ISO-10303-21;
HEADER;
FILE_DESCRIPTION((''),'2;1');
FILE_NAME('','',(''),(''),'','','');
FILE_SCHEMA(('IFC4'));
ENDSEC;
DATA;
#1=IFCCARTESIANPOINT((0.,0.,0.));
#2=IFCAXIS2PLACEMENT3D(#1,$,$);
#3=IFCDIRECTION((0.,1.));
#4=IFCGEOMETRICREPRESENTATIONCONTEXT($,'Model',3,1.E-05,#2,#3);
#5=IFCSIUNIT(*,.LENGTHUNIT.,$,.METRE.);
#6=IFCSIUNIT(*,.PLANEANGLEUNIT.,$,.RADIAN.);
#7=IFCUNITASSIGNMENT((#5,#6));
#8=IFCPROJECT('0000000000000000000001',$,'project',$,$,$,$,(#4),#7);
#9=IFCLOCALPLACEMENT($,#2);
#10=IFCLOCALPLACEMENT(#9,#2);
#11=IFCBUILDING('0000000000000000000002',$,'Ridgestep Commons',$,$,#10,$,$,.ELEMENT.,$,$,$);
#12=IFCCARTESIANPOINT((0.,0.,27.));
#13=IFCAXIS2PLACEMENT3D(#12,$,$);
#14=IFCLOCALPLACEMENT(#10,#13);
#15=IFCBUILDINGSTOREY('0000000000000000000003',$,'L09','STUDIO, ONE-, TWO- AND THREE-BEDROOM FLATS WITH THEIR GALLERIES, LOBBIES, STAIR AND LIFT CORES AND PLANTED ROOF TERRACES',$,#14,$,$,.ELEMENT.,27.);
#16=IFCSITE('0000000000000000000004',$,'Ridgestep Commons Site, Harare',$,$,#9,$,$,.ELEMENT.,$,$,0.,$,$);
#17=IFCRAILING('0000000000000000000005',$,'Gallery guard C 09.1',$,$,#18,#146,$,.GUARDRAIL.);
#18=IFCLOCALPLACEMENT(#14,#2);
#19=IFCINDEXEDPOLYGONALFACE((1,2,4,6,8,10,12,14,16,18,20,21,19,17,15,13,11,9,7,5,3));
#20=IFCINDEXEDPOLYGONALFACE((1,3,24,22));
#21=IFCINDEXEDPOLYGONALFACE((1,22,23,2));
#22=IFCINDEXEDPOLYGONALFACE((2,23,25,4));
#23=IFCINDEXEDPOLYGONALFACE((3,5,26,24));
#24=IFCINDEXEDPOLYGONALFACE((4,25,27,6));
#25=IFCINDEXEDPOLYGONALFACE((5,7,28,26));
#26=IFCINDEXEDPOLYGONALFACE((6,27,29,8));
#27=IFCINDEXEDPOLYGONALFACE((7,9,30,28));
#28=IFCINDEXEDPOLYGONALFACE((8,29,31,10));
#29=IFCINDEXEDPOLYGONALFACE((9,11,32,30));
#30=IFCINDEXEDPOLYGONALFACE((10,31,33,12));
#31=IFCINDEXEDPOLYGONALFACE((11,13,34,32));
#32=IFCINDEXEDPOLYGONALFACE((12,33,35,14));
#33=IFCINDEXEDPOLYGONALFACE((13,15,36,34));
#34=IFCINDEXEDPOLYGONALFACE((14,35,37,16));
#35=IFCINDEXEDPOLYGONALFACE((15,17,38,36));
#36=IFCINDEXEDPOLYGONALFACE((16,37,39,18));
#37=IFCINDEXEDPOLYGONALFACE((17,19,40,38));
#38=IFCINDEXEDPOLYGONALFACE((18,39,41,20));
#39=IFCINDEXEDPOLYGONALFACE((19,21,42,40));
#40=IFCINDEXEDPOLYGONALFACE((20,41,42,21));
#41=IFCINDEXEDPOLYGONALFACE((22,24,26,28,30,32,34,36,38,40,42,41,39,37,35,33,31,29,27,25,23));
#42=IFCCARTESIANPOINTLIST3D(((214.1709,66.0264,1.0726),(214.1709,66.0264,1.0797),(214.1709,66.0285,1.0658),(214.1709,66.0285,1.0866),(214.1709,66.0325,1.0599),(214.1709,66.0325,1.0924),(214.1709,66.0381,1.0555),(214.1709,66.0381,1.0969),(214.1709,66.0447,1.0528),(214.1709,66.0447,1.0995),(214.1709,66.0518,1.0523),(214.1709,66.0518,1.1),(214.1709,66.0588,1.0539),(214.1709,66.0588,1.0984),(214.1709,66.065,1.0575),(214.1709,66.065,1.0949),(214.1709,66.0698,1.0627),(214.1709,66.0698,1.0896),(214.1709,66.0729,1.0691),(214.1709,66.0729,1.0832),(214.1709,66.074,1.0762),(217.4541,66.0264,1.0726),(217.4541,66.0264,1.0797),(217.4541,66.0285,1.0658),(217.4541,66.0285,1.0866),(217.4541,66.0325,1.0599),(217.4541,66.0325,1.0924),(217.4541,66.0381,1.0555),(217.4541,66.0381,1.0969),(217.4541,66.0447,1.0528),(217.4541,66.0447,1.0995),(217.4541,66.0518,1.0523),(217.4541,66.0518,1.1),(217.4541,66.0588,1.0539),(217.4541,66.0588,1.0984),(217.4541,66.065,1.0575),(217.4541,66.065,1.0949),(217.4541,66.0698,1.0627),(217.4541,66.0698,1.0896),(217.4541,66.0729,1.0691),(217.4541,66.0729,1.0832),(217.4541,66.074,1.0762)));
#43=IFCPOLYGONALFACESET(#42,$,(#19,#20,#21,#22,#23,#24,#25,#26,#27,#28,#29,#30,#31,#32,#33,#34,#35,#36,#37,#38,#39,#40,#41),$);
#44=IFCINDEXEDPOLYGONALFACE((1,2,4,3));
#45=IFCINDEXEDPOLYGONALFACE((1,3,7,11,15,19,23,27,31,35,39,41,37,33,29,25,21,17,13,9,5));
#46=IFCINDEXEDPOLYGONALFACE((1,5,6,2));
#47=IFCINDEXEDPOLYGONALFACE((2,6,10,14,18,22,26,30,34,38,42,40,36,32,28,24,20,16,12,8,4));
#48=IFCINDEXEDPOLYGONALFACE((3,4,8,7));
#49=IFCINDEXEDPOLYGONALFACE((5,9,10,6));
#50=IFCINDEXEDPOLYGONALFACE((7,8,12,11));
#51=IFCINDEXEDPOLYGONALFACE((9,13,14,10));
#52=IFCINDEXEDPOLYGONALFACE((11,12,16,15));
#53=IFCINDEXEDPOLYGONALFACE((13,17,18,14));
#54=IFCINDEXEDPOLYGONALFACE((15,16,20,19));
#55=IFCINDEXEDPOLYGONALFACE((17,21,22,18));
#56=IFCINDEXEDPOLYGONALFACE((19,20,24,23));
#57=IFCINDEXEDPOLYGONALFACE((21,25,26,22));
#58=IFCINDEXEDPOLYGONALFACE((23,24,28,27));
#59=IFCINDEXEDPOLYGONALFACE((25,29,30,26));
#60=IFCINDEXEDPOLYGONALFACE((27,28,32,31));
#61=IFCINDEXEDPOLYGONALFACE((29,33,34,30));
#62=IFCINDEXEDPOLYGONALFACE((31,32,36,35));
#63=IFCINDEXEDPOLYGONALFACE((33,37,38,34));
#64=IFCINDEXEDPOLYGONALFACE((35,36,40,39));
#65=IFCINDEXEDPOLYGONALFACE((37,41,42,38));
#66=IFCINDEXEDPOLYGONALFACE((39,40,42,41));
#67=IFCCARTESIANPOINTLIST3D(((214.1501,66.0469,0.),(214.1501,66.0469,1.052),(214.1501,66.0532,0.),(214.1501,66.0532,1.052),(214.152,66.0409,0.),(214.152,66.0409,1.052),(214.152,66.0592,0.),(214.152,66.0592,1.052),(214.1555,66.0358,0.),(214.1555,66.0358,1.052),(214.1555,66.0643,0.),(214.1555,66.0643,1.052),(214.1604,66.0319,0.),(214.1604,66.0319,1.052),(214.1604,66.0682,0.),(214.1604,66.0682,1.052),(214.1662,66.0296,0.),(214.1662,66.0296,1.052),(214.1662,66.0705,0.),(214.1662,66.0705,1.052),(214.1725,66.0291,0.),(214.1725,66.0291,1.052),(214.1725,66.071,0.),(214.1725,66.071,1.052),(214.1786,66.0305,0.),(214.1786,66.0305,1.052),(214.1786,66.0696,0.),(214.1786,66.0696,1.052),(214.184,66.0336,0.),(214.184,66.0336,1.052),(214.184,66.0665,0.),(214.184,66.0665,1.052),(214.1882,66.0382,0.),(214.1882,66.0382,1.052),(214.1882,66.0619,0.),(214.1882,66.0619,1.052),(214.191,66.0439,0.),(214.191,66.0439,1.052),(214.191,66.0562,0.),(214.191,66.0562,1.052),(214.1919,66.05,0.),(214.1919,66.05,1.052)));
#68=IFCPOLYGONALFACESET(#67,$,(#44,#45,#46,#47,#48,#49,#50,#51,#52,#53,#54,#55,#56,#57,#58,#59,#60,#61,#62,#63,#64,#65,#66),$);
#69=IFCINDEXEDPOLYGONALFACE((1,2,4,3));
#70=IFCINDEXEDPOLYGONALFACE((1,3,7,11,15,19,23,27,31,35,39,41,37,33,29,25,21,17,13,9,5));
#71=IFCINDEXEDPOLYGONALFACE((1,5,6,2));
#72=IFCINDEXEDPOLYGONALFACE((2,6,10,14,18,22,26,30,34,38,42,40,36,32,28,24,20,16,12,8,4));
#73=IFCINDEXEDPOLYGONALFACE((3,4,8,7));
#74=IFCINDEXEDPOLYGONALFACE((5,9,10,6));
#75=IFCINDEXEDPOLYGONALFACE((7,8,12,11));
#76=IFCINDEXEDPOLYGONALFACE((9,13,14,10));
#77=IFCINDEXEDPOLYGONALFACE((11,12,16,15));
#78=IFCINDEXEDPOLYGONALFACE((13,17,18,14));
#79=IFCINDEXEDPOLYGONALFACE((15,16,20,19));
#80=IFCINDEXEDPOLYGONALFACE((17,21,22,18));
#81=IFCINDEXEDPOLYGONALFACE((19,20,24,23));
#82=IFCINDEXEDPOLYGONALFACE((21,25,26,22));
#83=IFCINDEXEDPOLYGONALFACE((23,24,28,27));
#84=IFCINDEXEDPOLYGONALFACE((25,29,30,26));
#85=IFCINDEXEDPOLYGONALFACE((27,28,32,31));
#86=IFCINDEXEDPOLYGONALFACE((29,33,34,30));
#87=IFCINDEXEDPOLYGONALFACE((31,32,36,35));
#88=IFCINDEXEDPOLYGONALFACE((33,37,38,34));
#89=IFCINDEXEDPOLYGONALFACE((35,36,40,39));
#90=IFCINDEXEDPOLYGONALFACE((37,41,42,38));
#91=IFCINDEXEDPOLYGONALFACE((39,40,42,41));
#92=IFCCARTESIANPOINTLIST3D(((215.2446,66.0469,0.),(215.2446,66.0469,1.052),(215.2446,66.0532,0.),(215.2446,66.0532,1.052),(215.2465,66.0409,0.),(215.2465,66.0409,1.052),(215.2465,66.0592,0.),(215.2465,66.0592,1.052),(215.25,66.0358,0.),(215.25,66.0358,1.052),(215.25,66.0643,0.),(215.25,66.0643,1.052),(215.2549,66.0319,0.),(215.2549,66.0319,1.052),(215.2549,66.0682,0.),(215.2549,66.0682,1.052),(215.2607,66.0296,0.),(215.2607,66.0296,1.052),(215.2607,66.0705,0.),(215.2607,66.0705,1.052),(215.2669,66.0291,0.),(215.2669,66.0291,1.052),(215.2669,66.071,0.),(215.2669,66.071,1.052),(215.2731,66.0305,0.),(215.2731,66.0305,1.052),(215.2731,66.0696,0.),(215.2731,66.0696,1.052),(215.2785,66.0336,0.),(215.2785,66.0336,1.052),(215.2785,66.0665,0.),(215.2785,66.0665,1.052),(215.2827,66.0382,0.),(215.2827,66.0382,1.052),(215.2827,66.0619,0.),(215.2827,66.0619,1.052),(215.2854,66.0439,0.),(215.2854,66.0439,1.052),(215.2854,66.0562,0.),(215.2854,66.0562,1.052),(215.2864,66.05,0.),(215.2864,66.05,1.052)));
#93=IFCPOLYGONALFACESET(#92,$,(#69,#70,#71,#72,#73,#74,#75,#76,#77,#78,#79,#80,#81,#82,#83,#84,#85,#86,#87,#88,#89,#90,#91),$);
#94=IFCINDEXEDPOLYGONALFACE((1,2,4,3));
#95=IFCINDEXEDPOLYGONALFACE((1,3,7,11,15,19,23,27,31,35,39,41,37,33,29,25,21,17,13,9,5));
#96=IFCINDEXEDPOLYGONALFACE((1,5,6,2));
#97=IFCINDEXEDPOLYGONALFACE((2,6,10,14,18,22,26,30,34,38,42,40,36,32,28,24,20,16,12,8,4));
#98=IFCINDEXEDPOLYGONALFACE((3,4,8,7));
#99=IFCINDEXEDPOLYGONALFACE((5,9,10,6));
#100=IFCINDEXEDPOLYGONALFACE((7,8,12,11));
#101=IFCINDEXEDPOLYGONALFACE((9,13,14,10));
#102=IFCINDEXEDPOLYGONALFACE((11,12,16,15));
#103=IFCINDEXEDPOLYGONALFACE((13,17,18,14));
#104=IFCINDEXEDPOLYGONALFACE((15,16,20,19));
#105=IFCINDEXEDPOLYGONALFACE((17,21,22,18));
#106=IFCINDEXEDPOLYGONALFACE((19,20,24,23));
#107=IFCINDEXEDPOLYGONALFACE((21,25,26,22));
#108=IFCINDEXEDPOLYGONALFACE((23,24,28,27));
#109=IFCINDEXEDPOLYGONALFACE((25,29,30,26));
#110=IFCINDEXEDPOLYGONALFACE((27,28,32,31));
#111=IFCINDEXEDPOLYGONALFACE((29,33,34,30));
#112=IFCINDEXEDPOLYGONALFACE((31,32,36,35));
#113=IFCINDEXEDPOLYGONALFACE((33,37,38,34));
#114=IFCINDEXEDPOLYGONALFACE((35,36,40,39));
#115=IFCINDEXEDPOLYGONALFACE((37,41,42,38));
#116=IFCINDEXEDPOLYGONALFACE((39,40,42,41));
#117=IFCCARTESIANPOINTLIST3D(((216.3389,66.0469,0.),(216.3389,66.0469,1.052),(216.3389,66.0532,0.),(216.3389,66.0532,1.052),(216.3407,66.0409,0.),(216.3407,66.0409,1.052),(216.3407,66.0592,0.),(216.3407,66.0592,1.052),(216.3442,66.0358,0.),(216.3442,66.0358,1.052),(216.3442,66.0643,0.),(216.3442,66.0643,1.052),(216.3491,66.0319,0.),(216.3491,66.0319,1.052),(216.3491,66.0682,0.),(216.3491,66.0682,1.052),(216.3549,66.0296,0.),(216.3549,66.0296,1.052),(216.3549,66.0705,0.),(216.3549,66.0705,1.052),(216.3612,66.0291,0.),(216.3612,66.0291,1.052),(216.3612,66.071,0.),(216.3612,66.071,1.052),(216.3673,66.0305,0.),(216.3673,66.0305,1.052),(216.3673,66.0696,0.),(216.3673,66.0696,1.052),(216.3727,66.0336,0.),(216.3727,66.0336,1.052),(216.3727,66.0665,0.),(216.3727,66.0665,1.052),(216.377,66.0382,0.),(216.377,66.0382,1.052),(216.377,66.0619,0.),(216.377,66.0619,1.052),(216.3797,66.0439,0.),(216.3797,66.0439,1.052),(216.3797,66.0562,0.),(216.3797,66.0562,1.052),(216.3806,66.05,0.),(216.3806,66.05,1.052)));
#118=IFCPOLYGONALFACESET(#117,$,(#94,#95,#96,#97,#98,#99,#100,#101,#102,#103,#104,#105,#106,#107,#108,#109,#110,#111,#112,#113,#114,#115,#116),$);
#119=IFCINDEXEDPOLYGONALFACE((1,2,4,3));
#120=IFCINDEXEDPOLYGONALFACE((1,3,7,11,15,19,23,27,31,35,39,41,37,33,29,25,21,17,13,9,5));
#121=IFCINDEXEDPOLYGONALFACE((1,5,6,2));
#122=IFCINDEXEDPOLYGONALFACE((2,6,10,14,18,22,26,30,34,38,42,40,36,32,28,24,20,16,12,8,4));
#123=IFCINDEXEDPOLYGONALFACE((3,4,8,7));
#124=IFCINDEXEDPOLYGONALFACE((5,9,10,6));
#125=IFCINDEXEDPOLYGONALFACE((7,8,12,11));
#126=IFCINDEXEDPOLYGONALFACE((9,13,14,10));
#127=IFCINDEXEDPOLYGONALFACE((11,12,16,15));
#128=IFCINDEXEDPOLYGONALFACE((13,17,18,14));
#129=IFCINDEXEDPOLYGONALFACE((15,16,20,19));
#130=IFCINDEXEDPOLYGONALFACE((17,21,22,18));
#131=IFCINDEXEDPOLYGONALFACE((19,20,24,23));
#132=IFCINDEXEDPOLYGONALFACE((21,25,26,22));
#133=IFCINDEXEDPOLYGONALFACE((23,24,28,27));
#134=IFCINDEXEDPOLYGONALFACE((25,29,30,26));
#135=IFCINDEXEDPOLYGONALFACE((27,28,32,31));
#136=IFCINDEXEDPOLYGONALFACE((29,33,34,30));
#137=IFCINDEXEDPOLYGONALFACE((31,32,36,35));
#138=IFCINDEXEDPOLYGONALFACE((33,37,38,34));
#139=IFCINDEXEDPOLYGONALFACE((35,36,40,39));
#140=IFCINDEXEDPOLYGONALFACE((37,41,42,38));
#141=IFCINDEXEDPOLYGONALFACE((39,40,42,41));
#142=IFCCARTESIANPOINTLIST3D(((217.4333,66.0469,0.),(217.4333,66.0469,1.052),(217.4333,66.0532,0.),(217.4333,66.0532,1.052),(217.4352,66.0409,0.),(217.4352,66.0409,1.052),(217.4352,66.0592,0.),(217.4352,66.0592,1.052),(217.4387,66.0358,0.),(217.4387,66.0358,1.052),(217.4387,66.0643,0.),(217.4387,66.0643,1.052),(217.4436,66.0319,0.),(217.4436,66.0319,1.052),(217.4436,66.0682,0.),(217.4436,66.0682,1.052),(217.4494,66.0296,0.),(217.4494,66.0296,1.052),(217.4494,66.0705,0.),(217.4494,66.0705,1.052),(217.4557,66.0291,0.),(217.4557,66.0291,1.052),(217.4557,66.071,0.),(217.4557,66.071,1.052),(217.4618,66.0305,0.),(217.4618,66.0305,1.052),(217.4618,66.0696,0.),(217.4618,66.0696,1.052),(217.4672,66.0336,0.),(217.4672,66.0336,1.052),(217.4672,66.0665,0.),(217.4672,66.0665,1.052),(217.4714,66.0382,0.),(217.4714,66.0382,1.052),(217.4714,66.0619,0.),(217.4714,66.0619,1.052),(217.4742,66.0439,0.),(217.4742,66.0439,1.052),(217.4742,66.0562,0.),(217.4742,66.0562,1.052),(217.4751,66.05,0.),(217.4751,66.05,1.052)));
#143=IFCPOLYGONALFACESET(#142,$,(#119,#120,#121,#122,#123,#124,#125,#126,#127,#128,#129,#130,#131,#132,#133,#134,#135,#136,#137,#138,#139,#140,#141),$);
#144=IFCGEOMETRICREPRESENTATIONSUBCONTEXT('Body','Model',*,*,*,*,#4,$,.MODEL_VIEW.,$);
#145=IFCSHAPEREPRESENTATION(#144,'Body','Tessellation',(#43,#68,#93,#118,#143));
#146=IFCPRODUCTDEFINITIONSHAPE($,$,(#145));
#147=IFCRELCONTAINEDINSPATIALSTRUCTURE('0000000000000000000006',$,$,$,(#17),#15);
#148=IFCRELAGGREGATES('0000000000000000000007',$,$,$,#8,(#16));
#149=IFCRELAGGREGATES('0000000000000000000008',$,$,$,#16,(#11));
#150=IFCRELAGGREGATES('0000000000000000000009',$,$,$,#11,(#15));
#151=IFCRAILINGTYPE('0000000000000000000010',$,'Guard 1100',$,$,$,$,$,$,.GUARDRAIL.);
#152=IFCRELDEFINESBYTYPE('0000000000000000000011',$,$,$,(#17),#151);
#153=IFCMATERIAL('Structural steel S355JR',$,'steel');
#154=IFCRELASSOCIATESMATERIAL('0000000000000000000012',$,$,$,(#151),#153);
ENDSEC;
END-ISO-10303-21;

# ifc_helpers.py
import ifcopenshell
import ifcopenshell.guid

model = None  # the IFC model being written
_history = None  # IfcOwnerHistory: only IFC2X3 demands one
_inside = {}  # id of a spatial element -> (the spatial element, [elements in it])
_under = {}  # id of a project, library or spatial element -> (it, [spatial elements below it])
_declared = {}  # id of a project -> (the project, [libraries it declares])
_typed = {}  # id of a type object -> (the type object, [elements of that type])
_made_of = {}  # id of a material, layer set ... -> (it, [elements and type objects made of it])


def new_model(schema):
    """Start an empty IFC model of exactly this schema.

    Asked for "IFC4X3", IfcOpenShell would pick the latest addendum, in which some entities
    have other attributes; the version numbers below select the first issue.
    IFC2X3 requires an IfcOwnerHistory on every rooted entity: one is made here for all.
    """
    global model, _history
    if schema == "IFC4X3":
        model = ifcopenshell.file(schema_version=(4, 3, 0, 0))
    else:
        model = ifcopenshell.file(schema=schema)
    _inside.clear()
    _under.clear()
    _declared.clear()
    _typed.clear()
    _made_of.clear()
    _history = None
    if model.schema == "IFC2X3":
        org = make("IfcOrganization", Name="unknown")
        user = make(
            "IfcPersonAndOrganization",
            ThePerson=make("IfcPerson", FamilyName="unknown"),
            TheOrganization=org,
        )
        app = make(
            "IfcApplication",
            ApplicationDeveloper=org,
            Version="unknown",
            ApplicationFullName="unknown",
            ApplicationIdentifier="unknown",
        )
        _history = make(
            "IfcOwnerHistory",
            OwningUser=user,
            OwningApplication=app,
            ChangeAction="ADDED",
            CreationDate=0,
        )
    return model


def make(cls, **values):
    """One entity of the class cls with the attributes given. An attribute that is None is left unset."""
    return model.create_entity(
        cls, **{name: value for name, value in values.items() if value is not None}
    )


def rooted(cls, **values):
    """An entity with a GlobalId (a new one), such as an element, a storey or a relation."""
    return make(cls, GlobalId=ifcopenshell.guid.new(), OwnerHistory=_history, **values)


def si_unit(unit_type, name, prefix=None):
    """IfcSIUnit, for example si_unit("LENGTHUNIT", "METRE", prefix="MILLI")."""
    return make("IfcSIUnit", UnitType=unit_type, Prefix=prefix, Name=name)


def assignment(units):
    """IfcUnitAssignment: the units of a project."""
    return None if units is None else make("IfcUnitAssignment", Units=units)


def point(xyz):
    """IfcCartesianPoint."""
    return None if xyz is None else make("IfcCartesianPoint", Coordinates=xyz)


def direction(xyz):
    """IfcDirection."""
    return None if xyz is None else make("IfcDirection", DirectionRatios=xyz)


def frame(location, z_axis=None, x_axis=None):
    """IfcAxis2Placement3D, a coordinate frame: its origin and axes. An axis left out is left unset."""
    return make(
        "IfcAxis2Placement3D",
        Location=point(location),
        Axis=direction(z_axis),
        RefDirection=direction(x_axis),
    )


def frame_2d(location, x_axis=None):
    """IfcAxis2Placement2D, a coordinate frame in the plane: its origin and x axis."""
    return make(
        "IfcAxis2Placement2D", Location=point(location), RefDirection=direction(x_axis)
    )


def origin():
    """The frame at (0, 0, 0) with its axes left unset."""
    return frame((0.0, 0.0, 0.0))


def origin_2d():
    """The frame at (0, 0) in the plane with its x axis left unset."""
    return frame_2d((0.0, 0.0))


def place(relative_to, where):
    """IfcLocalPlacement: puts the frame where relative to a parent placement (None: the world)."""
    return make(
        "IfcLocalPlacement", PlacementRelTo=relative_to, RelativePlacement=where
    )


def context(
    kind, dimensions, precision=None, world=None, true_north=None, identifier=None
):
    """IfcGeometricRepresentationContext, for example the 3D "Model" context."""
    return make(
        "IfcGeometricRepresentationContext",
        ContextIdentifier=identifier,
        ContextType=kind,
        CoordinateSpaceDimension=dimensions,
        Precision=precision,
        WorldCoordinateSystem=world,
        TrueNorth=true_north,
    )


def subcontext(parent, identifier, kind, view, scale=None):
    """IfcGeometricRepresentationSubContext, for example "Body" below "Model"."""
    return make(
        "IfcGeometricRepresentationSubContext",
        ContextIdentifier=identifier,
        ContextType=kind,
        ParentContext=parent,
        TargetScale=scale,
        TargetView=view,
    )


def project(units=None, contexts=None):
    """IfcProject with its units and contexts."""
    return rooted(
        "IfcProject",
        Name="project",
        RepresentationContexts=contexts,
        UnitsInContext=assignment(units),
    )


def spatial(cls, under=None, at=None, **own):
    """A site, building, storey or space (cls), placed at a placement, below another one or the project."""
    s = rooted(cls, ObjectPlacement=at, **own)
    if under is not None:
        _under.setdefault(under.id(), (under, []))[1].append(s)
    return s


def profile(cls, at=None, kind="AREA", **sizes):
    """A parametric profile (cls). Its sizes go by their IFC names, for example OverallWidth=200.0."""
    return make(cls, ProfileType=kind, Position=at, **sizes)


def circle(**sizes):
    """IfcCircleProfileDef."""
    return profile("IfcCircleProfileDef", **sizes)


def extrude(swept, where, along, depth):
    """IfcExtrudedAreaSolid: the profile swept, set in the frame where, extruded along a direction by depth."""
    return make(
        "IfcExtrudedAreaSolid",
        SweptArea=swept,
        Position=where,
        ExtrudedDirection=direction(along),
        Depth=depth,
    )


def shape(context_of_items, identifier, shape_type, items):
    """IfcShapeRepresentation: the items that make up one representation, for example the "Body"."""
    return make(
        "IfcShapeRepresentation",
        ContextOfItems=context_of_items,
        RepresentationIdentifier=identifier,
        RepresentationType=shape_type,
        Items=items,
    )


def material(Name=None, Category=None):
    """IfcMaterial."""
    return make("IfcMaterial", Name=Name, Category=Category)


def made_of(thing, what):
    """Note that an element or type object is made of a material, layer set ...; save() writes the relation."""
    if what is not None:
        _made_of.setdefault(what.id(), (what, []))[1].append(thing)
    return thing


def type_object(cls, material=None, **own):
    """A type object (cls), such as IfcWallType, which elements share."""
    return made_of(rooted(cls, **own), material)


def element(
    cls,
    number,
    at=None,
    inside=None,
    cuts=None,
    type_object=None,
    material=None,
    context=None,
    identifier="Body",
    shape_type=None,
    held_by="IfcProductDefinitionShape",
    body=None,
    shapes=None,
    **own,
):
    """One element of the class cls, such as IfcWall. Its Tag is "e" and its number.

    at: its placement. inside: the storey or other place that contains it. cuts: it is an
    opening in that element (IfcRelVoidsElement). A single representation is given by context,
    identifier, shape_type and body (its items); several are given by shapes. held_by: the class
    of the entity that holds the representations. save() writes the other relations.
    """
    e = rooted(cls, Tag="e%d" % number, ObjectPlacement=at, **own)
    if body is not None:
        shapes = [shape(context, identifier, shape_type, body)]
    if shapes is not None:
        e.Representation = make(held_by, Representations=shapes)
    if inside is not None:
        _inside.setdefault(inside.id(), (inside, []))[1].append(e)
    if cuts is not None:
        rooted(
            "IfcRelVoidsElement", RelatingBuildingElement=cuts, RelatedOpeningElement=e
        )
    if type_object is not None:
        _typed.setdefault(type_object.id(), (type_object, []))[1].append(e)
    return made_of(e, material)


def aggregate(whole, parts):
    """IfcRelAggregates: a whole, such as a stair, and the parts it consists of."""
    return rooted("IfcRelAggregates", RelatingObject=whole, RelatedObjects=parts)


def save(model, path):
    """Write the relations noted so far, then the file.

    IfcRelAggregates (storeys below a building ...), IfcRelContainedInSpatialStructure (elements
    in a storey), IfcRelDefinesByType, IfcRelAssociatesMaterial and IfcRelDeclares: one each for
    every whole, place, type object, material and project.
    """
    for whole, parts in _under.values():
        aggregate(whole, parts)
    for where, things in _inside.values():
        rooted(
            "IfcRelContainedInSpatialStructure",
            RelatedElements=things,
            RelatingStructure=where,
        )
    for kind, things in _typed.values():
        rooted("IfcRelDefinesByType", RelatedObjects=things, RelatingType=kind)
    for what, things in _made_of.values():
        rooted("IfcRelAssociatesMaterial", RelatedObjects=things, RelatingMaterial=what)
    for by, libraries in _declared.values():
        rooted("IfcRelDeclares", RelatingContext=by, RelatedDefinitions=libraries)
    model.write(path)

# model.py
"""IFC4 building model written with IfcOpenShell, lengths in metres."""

from ifc_helpers import new_model, si_unit, direction, frame, origin, origin_2d, place, context, subcontext, project, spatial, circle, extrude, material, type_object, element, save


model = new_model("IFC4")

# Units and contexts
model_context = context("Model", 3, precision=1e-05, world=origin(), true_north=direction((0.0, 1.0)))
body_context = subcontext(model_context, "Body", "Model", "MODEL_VIEW")
ifc_project = project(units=[si_unit("LENGTHUNIT", "METRE"), si_unit("PLANEANGLEUNIT", "RADIAN")], contexts=[model_context])

# Site, building, storey
site_placement = place(None, origin())
site = spatial("IfcSite", under=ifc_project, at=site_placement, Name="Ridgestep Commons Site, Harare", CompositionType="ELEMENT", RefElevation=0.0)
building_placement = place(site_placement, origin())
building = spatial("IfcBuilding", under=site, at=building_placement, Name="Ridgestep Commons", CompositionType="ELEMENT")
storey_placement = place(building_placement, frame((0.0, 0.0, 27.0)))
storey = spatial("IfcBuildingStorey", under=building, at=storey_placement, Name="L09", Description="STUDIO, ONE-, TWO- AND THREE-BEDROOM FLATS WITH THEIR GALLERIES, LOBBIES, STAIR AND LIFT CORES AND PLANTED ROOF TERRACES", CompositionType="ELEMENT", Elevation=27.0)

# Railing
ifc_material_1 = material(Name="Structural steel S355JR", Category="steel")
railing_type = type_object("IfcRailingType", Name="Guard 1100", PredefinedType="GUARDRAIL", material=ifc_material_1)
railing_1_placement = place(storey_placement, frame((214.1709, 66.05, 0.0)))
element("IfcRailing", 1, at=railing_1_placement, inside=storey, type_object=railing_type, Name="Gallery guard C 09.1", PredefinedType="GUARDRAIL", context=body_context, shape_type="SweptSolid", body=[
    extrude(circle(Radius=0.0239, at=origin_2d()), frame((0.0, 0.0, 1.0762), z_axis=(1.0, 0.0, 0.0), x_axis=(0.0, 1.0, 0.0)), (0.0, 0.0, 1.0), 3.2832),
    extrude(circle(Radius=0.021, at=origin_2d()), origin(), (0.0, 0.0, 1.0), 1.052),
    extrude(circle(Radius=0.021, at=origin_2d()), frame((1.0945, 0.0, 0.0)), (0.0, 0.0, 1.0), 1.052),
    extrude(circle(Radius=0.021, at=origin_2d()), frame((2.1887, 0.0, 0.0)), (0.0, 0.0, 1.0), 1.052),
    extrude(circle(Radius=0.021, at=origin_2d()), frame((3.2832, 0.0, 0.0)), (0.0, 0.0, 1.0), 1.052),
])

save(model, "model.ifc")
